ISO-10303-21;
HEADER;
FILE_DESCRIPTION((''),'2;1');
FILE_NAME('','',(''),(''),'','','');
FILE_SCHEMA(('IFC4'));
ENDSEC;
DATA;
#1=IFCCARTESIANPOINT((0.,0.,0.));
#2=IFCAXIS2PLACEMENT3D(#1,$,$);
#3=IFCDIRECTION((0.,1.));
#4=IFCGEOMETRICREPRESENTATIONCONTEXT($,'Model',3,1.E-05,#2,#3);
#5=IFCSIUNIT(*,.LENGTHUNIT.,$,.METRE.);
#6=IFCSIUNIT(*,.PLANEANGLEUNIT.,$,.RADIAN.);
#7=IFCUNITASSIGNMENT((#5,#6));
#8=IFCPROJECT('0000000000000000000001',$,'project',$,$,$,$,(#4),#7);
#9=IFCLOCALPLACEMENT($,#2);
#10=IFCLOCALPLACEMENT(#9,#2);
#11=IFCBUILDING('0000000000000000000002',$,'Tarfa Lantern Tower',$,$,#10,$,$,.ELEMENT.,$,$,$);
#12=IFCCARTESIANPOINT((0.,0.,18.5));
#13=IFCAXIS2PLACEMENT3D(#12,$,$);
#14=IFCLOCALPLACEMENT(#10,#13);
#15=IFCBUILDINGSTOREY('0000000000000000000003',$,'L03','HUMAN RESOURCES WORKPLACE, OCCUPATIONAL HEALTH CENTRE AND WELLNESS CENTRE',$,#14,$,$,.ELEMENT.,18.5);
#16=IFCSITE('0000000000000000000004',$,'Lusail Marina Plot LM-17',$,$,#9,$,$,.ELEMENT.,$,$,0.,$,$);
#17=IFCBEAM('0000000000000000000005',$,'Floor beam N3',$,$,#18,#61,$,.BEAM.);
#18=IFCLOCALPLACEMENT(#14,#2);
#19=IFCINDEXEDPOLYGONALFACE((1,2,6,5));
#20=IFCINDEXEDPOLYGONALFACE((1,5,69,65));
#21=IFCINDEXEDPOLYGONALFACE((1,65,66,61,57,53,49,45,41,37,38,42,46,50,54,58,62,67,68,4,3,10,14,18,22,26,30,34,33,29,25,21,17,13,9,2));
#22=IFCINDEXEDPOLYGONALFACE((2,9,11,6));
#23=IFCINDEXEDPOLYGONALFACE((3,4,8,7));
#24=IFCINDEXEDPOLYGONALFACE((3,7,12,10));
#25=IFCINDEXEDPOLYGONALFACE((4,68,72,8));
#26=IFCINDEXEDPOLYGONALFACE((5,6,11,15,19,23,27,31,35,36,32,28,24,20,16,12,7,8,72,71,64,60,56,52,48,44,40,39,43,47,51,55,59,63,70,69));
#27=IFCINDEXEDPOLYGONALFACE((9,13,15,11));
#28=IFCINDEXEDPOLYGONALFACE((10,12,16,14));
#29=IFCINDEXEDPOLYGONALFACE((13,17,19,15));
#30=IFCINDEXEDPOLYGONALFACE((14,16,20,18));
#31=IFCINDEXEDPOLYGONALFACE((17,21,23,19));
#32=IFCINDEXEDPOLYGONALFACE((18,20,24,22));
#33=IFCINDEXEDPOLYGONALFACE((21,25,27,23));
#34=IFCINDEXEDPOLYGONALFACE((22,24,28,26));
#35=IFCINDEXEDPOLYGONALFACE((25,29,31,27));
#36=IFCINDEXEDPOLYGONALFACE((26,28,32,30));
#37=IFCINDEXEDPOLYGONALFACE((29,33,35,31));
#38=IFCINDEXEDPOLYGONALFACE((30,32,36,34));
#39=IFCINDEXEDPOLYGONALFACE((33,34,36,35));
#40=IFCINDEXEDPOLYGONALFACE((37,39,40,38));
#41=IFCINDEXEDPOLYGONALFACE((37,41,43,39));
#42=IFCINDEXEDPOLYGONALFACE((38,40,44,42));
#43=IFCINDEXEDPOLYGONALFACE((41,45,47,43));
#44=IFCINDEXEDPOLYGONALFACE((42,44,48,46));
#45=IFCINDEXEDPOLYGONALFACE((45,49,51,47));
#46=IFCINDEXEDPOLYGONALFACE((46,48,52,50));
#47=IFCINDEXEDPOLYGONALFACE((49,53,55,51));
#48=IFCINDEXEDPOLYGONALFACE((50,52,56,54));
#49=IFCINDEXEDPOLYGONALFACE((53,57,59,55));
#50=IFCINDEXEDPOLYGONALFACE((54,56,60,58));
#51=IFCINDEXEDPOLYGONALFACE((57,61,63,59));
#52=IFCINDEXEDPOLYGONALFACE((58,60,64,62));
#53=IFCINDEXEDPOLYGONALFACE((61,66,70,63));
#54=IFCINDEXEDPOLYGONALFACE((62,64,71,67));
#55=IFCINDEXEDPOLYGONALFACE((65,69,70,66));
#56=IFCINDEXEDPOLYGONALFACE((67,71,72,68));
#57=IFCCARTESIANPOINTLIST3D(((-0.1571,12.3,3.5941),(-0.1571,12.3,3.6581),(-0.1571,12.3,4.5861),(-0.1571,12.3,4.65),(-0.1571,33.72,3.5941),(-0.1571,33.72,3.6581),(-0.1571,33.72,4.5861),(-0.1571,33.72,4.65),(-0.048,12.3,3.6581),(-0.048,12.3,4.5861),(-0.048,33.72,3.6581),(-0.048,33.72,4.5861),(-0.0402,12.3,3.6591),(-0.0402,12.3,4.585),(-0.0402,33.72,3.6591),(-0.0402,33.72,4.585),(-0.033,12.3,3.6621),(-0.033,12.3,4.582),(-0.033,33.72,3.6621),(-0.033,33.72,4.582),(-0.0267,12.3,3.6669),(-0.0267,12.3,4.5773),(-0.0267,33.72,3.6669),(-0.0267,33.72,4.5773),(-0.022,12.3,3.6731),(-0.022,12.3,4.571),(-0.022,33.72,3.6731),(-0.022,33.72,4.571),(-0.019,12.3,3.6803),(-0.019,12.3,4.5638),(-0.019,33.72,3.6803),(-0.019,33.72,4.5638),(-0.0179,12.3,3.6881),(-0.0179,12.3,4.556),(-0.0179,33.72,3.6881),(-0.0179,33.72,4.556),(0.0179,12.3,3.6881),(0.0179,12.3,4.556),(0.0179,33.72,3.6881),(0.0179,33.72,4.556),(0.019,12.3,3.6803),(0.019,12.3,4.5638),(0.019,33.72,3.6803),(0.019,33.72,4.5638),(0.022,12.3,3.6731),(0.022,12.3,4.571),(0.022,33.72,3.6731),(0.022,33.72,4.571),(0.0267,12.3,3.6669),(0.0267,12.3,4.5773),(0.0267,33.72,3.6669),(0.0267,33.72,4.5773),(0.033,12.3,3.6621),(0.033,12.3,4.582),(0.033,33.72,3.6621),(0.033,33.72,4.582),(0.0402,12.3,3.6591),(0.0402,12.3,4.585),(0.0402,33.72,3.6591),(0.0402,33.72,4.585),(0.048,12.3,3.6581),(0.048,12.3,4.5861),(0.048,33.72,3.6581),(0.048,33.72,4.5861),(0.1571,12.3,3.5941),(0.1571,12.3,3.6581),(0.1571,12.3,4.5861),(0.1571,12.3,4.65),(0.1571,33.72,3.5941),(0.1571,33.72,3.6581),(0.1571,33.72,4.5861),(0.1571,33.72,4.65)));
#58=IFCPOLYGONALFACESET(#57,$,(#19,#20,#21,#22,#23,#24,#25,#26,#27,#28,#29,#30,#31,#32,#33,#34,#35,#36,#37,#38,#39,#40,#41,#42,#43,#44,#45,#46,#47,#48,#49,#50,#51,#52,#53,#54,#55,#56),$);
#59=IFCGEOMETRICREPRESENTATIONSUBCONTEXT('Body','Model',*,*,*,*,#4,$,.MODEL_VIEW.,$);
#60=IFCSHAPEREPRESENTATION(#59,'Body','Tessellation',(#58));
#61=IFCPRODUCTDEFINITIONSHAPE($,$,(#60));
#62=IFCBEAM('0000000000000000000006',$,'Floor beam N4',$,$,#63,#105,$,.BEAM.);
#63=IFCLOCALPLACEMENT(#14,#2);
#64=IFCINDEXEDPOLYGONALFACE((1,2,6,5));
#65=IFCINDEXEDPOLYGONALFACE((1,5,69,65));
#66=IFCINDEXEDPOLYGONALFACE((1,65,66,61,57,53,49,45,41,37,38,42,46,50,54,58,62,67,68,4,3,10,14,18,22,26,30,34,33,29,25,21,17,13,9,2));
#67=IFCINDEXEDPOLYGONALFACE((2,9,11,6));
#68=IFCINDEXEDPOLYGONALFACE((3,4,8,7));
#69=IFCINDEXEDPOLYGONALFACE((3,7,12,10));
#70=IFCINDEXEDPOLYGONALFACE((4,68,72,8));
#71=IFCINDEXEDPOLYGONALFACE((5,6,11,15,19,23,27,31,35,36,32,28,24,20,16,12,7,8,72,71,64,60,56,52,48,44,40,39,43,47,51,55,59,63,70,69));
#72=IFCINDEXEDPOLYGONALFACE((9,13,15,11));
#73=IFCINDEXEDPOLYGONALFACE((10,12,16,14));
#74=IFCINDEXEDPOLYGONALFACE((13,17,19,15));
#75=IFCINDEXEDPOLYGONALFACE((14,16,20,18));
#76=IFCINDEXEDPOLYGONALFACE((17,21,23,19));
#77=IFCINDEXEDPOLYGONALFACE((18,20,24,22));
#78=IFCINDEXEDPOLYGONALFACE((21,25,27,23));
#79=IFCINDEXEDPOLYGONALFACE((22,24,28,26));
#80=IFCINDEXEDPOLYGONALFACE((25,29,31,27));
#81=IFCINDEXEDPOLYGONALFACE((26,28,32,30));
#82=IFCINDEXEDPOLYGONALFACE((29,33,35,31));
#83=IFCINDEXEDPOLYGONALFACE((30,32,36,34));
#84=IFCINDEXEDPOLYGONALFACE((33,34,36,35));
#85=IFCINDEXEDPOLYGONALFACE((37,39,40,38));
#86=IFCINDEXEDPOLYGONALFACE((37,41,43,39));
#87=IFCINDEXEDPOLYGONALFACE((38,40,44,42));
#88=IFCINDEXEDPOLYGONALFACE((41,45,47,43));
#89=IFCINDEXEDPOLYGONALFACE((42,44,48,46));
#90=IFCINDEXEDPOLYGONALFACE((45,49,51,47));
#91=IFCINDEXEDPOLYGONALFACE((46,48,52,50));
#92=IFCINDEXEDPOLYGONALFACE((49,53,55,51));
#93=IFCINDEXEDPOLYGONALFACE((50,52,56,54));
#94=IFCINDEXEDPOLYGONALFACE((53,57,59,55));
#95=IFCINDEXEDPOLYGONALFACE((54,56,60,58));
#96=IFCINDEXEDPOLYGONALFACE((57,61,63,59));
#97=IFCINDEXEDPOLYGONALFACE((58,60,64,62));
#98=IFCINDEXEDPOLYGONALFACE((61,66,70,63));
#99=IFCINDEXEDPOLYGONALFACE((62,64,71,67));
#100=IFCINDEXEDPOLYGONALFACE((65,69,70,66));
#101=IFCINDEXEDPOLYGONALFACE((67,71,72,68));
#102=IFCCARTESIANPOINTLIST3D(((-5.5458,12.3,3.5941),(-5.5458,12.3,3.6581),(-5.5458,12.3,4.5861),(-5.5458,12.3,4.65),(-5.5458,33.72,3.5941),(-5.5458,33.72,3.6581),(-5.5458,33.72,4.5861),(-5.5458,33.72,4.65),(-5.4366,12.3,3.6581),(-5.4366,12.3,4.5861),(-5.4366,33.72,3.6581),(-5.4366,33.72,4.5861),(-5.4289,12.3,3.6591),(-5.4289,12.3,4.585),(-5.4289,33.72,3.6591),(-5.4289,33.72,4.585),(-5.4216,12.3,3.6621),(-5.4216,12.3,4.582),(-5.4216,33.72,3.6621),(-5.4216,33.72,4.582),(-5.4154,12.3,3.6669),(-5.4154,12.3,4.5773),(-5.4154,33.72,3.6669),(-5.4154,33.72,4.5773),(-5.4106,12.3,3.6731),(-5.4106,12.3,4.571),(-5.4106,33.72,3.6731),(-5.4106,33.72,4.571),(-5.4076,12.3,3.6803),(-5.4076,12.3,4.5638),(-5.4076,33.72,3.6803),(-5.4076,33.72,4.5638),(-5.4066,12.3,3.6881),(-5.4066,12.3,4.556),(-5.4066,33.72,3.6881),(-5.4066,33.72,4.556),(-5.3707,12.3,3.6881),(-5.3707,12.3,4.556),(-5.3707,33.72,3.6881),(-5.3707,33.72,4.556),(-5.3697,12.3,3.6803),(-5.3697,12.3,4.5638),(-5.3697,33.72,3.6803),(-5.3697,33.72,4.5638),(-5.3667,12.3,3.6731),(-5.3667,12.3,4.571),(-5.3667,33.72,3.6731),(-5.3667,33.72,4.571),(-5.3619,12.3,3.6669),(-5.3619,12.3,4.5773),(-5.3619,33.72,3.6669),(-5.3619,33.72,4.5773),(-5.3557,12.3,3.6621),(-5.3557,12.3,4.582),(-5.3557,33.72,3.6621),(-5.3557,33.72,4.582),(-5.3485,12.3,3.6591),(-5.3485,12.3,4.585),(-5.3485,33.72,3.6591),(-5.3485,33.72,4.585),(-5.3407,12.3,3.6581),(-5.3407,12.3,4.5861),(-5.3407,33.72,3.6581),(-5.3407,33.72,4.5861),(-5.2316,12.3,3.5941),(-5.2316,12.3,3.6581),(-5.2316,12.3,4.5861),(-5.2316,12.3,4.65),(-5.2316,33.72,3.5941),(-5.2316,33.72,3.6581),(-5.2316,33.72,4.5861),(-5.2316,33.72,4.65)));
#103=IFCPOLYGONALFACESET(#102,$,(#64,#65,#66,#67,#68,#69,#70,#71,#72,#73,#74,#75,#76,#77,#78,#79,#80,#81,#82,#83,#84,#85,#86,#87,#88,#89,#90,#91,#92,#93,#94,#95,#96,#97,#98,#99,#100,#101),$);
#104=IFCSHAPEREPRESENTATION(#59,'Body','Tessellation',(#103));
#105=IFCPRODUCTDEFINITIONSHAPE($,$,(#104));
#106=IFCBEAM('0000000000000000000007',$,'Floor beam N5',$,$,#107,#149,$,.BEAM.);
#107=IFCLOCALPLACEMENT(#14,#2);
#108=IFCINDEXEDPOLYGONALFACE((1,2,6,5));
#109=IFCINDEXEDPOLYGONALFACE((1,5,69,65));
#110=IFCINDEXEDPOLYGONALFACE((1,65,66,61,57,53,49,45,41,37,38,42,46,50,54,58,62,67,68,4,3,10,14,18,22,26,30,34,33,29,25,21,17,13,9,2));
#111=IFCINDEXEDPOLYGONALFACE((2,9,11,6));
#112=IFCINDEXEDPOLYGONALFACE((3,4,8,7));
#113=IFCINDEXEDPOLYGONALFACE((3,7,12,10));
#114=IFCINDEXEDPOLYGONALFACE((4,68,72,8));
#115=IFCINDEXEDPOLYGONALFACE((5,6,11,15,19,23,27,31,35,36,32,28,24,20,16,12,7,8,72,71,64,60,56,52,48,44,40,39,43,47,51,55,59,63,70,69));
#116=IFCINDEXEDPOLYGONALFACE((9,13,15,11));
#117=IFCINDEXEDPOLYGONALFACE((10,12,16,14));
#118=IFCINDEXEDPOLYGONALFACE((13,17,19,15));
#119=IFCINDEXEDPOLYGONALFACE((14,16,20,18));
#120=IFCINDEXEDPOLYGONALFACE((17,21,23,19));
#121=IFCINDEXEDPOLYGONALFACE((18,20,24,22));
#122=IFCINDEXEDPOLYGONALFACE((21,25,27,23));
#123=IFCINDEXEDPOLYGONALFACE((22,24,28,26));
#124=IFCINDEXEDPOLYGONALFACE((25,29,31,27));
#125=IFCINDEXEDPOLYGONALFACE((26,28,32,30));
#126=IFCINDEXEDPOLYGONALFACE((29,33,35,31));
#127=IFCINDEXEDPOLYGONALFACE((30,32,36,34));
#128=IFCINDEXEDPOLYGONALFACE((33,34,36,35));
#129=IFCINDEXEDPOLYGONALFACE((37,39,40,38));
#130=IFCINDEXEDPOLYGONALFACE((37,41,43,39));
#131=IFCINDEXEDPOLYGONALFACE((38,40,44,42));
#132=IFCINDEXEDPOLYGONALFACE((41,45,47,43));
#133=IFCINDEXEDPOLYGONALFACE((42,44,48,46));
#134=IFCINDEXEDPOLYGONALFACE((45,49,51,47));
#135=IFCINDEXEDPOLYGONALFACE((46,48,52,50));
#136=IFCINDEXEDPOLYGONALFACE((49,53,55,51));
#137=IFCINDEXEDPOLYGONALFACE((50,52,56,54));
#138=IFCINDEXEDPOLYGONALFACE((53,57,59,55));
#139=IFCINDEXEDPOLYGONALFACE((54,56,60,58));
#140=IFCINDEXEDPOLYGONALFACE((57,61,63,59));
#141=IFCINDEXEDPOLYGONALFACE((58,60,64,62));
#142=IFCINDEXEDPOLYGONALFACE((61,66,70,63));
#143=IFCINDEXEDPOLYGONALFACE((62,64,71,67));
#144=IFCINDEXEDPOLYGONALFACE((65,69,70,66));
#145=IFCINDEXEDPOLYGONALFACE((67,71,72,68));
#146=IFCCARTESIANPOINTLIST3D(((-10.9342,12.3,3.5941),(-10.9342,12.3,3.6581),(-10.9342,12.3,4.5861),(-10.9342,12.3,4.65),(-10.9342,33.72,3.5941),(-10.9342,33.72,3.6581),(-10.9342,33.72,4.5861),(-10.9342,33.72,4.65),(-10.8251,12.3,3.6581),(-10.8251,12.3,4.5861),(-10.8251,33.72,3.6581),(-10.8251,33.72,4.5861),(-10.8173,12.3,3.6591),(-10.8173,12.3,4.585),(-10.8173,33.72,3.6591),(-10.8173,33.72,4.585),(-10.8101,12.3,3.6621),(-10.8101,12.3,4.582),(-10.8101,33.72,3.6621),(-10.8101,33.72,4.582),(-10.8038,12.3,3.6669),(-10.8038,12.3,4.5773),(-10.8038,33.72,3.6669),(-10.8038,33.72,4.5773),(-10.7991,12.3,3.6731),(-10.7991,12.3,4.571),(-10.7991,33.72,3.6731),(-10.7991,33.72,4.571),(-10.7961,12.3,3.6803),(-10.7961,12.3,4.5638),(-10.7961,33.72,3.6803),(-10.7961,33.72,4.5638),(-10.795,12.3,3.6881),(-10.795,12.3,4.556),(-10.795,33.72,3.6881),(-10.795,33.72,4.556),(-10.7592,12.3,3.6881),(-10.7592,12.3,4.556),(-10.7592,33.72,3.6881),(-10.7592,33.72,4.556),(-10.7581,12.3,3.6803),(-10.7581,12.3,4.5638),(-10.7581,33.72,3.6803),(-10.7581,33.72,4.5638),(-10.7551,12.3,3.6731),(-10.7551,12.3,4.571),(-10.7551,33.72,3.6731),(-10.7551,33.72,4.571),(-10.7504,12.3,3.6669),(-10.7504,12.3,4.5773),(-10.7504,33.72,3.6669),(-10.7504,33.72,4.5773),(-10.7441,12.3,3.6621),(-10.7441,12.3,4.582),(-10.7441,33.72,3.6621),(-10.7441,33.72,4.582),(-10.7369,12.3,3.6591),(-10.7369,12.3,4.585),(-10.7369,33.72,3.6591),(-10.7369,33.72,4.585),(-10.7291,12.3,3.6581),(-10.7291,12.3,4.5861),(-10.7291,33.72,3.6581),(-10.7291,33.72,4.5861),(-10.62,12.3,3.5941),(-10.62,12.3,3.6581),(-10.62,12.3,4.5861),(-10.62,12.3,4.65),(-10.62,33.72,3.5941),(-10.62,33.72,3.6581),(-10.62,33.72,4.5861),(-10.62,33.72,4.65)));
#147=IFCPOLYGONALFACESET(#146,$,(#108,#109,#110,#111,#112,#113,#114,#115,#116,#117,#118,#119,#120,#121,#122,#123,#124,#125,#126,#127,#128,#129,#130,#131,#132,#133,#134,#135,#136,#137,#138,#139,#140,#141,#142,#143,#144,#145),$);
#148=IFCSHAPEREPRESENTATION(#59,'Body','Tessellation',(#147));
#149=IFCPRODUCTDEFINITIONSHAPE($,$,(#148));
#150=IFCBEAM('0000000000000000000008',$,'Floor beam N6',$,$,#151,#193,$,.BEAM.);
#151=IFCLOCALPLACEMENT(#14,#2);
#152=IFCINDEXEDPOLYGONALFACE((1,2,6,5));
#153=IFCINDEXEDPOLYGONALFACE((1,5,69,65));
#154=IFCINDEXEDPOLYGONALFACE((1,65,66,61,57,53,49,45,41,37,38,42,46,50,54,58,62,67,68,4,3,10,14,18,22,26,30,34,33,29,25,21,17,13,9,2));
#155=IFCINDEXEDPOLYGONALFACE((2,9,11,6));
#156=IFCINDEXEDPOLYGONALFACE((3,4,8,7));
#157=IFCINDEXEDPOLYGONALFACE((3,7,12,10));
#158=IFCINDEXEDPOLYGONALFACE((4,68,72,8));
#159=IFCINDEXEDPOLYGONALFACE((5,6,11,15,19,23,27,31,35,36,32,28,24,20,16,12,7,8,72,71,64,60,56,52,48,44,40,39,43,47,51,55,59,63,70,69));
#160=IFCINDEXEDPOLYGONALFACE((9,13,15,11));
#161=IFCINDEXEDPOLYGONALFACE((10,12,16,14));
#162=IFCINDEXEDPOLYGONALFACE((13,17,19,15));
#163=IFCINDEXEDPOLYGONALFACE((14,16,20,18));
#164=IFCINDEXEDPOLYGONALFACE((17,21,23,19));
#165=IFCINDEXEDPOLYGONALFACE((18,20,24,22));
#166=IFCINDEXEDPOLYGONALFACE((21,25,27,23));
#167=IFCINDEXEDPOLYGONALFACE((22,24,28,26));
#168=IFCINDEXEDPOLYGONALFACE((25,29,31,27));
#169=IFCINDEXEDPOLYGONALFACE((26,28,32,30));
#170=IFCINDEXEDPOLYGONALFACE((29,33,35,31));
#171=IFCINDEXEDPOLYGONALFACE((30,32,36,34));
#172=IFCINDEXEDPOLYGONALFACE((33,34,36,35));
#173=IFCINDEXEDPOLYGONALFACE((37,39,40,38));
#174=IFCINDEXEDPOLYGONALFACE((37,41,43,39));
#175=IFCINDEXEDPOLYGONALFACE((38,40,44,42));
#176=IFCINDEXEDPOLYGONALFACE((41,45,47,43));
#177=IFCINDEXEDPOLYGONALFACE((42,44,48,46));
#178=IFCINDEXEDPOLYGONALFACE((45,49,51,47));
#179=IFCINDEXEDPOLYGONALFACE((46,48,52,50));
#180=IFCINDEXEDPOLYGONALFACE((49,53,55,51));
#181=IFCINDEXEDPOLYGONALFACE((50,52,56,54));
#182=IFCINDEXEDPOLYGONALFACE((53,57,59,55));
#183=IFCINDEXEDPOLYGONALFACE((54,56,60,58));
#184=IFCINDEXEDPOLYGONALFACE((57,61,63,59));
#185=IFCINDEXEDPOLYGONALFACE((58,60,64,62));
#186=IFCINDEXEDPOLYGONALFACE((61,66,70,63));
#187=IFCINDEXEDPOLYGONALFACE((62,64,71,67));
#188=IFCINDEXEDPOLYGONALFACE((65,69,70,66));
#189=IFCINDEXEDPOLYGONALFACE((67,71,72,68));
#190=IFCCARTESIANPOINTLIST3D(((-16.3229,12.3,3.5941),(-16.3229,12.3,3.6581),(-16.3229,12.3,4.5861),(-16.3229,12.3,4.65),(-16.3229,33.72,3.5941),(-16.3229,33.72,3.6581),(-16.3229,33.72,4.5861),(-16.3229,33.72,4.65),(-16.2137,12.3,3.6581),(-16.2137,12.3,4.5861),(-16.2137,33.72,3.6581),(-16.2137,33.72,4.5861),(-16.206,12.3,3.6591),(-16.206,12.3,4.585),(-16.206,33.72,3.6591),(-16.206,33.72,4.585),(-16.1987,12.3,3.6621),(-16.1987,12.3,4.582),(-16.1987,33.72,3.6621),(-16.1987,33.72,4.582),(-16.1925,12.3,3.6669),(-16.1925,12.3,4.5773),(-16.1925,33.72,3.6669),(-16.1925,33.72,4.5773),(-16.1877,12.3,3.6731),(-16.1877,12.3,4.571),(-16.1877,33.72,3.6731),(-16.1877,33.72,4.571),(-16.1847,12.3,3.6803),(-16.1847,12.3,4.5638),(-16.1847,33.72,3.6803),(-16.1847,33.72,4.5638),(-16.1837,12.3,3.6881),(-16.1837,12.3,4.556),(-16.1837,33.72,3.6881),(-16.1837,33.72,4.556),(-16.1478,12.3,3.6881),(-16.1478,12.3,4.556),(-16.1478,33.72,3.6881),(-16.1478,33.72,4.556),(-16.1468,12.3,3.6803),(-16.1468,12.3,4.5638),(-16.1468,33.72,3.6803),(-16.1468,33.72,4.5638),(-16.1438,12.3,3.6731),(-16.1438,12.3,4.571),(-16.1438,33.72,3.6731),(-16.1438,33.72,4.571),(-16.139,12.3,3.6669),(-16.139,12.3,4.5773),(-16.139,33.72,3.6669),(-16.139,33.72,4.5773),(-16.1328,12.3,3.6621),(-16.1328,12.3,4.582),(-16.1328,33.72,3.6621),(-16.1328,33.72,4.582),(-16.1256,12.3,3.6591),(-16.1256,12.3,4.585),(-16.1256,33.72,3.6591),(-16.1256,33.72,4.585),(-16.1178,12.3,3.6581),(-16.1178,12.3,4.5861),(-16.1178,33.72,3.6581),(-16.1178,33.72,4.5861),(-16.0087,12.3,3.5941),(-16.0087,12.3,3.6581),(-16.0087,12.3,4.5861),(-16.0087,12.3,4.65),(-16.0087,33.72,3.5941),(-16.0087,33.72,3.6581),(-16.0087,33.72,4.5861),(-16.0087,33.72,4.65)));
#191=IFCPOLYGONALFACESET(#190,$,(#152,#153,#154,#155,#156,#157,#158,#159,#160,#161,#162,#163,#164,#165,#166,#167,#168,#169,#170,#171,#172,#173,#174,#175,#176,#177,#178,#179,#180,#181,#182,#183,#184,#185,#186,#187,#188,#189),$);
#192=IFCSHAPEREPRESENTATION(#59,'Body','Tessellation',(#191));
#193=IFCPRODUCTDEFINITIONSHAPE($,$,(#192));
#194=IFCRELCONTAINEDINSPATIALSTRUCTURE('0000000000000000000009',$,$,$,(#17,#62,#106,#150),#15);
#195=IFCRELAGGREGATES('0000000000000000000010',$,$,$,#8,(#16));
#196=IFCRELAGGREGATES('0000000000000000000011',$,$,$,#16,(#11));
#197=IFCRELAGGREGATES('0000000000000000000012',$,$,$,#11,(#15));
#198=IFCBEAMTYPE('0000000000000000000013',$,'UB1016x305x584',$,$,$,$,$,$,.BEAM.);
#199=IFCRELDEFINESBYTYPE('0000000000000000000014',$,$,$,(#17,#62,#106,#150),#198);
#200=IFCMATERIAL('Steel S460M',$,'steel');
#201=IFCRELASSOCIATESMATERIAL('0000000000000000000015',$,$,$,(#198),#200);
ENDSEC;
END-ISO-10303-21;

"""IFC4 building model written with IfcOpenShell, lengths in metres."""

from ifc_helpers import new_model, si_unit, direction, frame, origin, origin_2d, place, context, subcontext, project, spatial, i_section, extrude, material, material_profile, profile_set, type_object, element, save


model = new_model("IFC4")

# Units and contexts
model_context = context("Model", 3, precision=1e-05, world=origin(), true_north=direction((0.0, 1.0)))
body_context = subcontext(model_context, "Body", "Model", "MODEL_VIEW")
ifc_project = project(units=[si_unit("LENGTHUNIT", "METRE"), si_unit("PLANEANGLEUNIT", "RADIAN")], contexts=[model_context])

# Site, building, storey
site_placement = place(None, origin())
site = spatial("IfcSite", under=ifc_project, at=site_placement, Name="Lusail Marina Plot LM-17", CompositionType="ELEMENT", RefElevation=0.0)
building_placement = place(site_placement, origin())
building = spatial("IfcBuilding", under=site, at=building_placement, Name="Tarfa Lantern Tower", CompositionType="ELEMENT")
storey_placement = place(building_placement, frame((0.0, 0.0, 18.5)))
storey = spatial("IfcBuildingStorey", under=building, at=storey_placement, Name="L03", Description="HUMAN RESOURCES WORKPLACE, OCCUPATIONAL HEALTH CENTRE AND WELLNESS CENTRE", CompositionType="ELEMENT", Elevation=18.5)

# Beams
ifc_material_1 = material(Name="Steel S460M", Category="steel")
ifc_material_profile_1 = material_profile(ifc_material_1, i_section(OverallWidth=0.3142, OverallDepth=1.0559, WebThickness=0.0359, FlangeThickness=0.064, FilletRadius=0.03, at=origin_2d()), Name="UB1016x305x584")
ifc_profile_set_1 = profile_set([ifc_material_profile_1], Name="Steel S460M")
beam_type_1 = type_object("IfcBeamType", Name="UB1016x305x584", PredefinedType="BEAM", material=ifc_profile_set_1)
for number, where, z_axis, x_axis, name in (
    (1, (0.0, 33.72, 4.1221), (0.0, -1.0, 0.0), (1.0, 0.0, 0.0), "Floor beam N3"),
    (2, (-5.3887, 33.72, 4.1221), (0.0, -1.0, 0.0), (1.0, 0.0, 0.0), "Floor beam N4"),
    (3, (-10.7771, 33.72, 4.1221), (0.0, -1.0, 0.0), (1.0, 0.0, 0.0), "Floor beam N5"),
    (4, (-16.1658, 33.72, 4.1221), (0.0, -1.0, 0.0), (1.0, 0.0, 0.0), "Floor beam N6"),
):
    element("IfcBeam", number, at=place(storey_placement, frame(where, z_axis=z_axis, x_axis=x_axis)), inside=storey, type_object=beam_type_1, Name=name, PredefinedType="BEAM", context=body_context, shape_type="SweptSolid", body=[
        extrude(i_section(OverallWidth=0.3142, OverallDepth=1.0559, WebThickness=0.0359, FlangeThickness=0.064, FilletRadius=0.03, at=origin_2d()), origin(), (0.0, 0.0, 1.0), 21.4199),
    ])

save(model, "model.ifc")
